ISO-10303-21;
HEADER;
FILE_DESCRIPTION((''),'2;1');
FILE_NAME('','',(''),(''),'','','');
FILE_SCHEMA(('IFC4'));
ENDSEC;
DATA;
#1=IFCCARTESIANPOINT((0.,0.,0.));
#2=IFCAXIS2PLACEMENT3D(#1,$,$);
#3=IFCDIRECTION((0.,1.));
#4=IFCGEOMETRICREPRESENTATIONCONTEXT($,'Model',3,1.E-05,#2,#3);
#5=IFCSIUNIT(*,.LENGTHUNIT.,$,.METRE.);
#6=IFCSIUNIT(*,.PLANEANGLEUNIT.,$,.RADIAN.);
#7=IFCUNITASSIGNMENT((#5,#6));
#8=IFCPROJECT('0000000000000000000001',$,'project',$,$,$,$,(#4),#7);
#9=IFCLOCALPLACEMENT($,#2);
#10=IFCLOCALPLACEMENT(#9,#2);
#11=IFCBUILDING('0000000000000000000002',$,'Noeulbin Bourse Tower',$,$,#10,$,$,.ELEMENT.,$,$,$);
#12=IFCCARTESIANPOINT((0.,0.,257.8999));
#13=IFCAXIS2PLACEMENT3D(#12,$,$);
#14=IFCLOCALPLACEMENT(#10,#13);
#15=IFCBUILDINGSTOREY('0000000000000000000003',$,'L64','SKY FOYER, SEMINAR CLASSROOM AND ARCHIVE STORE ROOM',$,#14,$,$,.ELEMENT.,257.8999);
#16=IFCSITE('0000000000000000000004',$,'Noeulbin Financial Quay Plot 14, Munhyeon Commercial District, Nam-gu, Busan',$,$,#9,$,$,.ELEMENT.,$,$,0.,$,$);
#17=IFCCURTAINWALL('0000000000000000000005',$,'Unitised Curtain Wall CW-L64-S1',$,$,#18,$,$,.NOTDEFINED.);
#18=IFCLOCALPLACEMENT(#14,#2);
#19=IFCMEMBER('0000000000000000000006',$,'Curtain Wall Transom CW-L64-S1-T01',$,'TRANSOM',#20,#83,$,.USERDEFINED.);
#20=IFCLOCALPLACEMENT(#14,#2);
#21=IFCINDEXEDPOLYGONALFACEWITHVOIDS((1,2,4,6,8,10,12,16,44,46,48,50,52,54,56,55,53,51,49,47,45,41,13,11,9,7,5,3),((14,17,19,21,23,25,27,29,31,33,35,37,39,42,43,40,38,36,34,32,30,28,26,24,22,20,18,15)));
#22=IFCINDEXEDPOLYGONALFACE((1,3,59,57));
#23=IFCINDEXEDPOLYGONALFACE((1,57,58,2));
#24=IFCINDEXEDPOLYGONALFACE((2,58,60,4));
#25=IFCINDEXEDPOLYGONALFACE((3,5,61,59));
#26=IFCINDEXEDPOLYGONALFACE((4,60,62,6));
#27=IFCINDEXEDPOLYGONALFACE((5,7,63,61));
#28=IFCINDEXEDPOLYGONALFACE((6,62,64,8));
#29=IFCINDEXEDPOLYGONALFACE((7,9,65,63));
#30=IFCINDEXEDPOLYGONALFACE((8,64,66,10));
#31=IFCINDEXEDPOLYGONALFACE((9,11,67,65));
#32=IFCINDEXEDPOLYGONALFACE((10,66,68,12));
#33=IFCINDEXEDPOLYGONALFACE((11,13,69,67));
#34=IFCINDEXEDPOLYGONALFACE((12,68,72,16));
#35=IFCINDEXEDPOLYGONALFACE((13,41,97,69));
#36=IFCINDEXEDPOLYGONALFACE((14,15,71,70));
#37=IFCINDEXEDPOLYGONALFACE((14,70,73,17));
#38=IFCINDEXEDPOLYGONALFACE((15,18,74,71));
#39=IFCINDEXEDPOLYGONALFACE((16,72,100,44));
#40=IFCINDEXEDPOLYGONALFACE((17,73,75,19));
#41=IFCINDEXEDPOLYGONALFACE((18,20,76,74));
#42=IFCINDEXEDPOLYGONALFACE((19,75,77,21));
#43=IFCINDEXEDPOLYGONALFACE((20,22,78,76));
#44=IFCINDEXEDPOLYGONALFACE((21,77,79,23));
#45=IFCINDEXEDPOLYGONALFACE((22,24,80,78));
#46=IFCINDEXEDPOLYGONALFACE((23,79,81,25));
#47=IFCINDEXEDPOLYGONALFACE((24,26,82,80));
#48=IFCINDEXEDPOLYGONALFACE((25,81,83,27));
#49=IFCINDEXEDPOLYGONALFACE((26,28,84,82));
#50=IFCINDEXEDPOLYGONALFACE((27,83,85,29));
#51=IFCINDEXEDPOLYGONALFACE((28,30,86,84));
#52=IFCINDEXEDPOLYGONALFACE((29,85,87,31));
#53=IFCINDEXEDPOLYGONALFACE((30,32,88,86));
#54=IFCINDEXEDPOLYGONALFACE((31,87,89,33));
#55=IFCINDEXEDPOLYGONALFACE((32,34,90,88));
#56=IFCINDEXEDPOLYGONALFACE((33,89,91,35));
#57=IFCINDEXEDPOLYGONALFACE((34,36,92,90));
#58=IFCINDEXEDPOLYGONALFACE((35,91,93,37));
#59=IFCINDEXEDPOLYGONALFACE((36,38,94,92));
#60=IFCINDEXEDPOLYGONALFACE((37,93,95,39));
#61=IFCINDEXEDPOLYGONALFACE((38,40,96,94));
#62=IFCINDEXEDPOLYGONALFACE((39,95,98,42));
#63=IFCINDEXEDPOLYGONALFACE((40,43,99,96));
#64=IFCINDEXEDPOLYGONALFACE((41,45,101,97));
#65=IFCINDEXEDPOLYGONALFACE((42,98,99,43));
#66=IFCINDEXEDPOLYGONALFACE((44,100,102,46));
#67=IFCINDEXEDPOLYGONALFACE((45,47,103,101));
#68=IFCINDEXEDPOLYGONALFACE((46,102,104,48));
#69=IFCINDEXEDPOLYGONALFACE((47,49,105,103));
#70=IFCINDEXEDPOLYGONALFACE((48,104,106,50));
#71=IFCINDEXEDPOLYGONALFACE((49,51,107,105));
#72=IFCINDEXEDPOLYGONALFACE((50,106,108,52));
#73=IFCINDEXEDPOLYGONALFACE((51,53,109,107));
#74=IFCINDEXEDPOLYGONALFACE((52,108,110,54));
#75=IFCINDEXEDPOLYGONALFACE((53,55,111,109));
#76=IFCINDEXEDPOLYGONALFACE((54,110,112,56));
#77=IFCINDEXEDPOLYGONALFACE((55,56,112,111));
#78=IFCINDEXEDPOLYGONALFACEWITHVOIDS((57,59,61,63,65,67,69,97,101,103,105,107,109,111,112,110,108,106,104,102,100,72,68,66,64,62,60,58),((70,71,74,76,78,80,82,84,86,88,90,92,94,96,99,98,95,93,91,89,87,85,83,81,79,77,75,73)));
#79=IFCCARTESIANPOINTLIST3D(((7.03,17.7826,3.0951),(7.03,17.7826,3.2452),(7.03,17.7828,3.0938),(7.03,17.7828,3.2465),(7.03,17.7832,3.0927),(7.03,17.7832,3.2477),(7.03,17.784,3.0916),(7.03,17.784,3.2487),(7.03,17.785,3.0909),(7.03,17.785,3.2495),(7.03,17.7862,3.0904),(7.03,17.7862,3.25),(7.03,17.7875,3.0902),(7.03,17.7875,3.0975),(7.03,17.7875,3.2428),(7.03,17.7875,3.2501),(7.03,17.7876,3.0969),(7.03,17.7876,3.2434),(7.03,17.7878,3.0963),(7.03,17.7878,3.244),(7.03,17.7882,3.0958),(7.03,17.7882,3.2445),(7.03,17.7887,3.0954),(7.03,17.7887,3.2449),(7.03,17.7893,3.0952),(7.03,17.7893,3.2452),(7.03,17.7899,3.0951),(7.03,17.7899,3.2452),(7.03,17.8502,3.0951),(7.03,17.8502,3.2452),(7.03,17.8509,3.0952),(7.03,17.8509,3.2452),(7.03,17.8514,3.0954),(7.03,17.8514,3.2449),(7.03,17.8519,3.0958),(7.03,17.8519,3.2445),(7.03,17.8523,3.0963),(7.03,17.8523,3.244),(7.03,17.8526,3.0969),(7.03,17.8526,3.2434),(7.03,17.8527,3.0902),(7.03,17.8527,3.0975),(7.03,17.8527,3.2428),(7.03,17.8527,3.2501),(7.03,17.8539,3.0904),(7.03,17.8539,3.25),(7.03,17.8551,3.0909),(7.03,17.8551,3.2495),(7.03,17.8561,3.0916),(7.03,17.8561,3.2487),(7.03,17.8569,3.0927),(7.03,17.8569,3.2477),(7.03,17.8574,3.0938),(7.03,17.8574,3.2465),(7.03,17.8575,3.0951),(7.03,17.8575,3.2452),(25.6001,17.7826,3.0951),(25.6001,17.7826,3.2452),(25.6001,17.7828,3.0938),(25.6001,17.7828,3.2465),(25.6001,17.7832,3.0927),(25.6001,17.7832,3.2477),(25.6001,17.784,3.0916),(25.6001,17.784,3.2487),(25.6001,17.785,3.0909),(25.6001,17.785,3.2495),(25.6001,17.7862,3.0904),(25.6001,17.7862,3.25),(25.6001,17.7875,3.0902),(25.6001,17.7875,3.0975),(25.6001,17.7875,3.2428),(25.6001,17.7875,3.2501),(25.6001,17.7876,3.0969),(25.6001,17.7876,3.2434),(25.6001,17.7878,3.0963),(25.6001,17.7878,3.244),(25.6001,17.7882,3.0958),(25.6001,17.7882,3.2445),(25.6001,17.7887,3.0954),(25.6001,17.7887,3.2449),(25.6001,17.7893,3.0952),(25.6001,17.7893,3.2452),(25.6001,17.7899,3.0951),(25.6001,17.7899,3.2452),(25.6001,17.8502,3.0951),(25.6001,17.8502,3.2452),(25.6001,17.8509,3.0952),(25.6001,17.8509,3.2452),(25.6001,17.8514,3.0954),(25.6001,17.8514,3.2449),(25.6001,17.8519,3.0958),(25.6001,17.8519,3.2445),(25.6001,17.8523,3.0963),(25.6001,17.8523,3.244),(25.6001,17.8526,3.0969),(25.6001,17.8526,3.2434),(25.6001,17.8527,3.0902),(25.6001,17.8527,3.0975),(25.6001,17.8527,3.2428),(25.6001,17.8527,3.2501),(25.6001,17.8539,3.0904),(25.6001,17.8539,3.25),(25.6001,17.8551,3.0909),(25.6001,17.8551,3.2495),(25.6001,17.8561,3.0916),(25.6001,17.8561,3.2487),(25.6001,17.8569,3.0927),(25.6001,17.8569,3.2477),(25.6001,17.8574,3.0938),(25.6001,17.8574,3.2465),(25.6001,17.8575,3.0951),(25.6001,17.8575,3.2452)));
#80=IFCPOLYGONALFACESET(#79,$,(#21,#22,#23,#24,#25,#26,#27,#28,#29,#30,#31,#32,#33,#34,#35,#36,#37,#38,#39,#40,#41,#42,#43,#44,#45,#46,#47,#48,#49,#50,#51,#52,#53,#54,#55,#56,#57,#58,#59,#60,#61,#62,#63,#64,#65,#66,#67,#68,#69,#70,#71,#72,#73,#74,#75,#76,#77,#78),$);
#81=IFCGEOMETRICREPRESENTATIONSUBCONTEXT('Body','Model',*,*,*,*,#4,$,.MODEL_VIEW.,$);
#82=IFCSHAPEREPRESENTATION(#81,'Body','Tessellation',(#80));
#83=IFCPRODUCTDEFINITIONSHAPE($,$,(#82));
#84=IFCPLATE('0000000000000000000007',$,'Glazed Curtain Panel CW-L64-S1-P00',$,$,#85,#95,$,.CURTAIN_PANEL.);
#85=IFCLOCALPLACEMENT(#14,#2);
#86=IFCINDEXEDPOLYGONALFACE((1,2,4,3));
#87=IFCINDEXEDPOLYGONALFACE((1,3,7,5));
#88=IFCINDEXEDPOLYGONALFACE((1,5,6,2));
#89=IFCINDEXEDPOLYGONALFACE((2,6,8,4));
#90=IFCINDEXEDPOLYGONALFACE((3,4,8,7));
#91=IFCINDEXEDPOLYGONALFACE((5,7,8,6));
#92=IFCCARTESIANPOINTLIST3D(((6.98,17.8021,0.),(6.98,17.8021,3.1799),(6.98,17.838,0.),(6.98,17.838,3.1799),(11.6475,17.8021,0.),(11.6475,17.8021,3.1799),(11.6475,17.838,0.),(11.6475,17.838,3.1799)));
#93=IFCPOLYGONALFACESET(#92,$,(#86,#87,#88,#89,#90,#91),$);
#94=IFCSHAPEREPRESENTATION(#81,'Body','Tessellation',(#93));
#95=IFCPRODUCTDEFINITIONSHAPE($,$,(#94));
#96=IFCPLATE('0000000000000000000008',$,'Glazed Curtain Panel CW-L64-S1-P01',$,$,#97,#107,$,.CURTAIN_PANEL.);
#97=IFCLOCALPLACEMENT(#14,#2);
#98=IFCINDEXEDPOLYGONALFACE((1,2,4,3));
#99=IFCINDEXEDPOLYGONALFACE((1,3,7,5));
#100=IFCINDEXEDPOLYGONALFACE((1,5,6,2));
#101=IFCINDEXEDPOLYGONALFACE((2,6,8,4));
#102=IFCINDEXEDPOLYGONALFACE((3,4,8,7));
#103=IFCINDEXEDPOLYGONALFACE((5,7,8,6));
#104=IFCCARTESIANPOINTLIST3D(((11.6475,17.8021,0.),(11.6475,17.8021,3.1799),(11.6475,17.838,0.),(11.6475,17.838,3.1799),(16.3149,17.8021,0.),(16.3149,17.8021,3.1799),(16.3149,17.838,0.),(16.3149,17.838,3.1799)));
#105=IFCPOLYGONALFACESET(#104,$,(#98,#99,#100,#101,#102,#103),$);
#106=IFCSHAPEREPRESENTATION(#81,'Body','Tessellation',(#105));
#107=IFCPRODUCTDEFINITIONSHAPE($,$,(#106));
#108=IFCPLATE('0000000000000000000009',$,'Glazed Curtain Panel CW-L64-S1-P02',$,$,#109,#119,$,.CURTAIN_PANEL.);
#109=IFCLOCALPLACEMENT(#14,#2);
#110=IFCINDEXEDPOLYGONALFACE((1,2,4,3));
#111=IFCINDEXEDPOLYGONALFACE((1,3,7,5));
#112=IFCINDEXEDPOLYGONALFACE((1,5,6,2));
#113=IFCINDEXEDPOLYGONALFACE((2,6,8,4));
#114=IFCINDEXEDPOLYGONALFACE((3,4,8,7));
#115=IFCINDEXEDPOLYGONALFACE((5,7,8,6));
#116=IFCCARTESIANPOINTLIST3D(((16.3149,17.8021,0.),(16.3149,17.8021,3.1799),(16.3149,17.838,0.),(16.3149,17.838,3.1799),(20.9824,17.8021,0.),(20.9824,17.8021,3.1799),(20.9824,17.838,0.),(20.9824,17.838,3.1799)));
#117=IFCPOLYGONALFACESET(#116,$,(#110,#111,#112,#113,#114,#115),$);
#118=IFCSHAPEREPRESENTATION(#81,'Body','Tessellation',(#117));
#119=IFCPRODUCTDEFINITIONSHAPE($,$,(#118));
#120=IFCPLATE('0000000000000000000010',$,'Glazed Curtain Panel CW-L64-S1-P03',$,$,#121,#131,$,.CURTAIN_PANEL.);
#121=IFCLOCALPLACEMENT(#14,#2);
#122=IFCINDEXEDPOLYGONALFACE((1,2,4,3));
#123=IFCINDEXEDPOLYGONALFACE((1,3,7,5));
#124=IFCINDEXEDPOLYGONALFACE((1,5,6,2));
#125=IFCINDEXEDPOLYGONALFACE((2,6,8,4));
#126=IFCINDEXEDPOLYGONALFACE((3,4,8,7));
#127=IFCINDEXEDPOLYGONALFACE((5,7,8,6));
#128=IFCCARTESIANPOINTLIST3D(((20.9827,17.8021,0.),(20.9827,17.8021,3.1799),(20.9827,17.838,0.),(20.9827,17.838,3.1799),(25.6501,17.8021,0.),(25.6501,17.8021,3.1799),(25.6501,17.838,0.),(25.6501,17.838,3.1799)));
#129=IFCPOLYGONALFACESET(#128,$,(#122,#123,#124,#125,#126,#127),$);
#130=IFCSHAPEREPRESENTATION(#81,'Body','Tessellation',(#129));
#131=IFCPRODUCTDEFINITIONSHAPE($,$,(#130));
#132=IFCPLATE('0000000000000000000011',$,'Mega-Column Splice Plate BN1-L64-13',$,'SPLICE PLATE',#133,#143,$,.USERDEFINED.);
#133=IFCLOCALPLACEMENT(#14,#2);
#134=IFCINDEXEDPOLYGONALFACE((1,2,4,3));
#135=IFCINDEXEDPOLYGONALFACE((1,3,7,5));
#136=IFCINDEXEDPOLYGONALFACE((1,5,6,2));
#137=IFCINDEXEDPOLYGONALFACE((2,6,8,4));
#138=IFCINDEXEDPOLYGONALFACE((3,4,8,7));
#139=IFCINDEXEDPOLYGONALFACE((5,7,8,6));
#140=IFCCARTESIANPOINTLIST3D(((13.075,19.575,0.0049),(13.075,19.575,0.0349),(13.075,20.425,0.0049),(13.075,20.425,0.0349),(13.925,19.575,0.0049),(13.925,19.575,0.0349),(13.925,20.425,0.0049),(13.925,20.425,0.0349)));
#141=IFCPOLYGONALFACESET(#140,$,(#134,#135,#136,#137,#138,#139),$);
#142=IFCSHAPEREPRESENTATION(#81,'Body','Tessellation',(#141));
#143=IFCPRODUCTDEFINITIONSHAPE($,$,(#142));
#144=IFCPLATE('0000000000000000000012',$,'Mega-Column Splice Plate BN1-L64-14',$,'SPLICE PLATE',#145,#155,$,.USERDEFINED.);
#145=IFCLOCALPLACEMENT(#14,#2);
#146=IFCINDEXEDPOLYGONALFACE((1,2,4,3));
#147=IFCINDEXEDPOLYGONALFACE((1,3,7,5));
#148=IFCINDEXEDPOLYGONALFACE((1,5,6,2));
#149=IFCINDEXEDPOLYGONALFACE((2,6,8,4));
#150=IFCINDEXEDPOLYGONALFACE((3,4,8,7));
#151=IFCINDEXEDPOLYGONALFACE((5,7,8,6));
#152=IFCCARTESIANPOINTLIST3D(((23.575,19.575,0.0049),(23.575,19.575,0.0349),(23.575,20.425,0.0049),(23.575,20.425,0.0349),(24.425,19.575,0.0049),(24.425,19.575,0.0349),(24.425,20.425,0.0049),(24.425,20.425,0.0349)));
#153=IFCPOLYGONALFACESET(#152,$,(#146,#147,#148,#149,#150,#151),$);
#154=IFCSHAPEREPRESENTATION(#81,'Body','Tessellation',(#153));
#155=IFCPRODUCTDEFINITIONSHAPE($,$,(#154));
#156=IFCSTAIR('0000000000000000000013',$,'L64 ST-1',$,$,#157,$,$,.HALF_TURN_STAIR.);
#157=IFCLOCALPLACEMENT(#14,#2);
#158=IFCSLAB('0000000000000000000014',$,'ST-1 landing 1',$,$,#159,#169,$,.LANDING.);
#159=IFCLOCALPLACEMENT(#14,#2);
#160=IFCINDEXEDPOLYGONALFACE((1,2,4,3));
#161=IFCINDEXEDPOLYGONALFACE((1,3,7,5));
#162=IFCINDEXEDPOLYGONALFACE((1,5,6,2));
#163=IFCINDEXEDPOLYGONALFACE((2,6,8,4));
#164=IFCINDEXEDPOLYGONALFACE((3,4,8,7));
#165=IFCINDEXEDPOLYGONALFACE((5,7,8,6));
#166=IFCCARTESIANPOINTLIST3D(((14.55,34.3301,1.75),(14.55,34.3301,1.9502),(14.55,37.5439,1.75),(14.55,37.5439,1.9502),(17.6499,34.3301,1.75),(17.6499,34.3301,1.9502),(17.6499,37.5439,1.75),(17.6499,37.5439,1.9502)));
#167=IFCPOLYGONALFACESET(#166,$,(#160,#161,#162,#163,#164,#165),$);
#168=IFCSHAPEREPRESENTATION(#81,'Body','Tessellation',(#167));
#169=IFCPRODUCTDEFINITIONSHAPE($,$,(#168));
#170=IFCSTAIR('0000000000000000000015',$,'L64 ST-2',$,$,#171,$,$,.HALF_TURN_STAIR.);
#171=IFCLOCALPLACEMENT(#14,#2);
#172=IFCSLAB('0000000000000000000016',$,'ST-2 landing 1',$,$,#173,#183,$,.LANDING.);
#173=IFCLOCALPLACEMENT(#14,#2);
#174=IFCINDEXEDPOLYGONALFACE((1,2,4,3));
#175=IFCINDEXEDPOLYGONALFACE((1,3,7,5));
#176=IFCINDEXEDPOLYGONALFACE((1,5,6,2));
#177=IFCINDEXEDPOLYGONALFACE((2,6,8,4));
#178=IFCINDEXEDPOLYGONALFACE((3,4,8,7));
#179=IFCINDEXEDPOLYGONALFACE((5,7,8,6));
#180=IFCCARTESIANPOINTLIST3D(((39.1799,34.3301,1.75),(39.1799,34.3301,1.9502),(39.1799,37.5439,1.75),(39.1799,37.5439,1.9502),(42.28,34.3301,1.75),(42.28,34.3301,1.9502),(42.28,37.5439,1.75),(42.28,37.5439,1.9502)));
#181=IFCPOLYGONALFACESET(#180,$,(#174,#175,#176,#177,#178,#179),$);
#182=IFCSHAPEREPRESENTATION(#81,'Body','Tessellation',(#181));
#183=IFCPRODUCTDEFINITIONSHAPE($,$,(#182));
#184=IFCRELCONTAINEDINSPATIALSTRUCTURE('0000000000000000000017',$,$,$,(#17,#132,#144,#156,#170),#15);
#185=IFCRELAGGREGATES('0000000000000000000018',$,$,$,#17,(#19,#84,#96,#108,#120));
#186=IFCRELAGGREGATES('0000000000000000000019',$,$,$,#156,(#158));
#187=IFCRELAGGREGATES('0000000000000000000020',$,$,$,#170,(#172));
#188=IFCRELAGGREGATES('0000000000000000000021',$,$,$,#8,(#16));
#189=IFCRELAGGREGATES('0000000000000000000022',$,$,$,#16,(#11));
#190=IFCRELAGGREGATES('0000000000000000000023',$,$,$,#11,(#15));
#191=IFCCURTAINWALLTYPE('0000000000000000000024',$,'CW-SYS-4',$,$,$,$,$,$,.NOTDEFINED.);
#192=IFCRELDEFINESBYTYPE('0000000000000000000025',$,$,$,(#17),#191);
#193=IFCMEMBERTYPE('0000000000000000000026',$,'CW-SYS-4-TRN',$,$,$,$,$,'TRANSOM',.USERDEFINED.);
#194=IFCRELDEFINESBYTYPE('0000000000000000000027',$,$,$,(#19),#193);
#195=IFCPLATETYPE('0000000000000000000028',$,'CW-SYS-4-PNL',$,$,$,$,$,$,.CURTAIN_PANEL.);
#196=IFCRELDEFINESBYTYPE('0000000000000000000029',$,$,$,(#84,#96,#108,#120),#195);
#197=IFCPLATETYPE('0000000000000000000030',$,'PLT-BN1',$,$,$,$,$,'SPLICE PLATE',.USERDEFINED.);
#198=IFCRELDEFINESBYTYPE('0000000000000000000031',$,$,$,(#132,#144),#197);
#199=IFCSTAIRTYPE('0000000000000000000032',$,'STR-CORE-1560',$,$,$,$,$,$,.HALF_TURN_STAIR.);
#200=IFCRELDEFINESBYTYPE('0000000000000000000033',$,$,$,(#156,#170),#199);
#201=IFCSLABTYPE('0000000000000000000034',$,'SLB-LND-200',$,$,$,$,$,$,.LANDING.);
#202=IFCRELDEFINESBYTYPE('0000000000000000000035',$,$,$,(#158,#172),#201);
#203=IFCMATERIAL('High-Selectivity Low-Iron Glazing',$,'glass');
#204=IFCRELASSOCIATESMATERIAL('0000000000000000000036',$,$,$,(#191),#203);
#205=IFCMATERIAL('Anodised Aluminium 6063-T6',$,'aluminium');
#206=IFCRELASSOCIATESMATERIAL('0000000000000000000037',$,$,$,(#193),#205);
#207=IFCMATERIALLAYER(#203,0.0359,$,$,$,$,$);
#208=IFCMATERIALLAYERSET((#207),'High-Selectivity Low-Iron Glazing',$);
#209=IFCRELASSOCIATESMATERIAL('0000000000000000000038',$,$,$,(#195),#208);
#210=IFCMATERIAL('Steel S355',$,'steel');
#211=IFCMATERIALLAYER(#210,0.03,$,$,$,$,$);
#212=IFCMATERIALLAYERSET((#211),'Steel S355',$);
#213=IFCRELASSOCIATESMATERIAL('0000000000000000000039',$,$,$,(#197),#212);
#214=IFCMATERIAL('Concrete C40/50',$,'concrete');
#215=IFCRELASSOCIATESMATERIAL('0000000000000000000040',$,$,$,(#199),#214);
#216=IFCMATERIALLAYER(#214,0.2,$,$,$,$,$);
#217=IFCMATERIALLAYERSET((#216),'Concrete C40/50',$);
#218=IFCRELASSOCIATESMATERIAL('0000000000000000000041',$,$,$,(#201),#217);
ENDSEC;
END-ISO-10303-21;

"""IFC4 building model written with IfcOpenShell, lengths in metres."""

from ifc_helpers import new_model, si_unit, direction, frame, origin, origin_2d, place, context, subcontext, project, spatial, polyline, rectangle, hollow_rectangle, outline, extrude, material, layer, layer_set, material_profile, profile_set, type_object, element, aggregate, save


model = new_model("IFC4")

# Units and contexts
model_context = context("Model", 3, precision=1e-05, world=origin(), true_north=direction((0.0, 1.0)))
body_context = subcontext(model_context, "Body", "Model", "MODEL_VIEW")
ifc_project = project(units=[si_unit("LENGTHUNIT", "METRE"), si_unit("PLANEANGLEUNIT", "RADIAN")], contexts=[model_context])

# Site, building, storey
site_placement = place(None, origin())
site = spatial("IfcSite", under=ifc_project, at=site_placement, Name="Noeulbin Financial Quay Plot 14, Munhyeon Commercial District, Nam-gu, Busan", CompositionType="ELEMENT", RefElevation=0.0)
building_placement = place(site_placement, origin())
building = spatial("IfcBuilding", under=site, at=building_placement, Name="Noeulbin Bourse Tower", CompositionType="ELEMENT")
storey_placement = place(building_placement, frame((0.0, 0.0, 257.8999)))
storey = spatial("IfcBuildingStorey", under=building, at=storey_placement, Name="L64", Description="SKY FOYER, SEMINAR CLASSROOM AND ARCHIVE STORE ROOM", CompositionType="ELEMENT", Elevation=257.8999)

# Shared definitions
ifc_material_1 = material(Name="Steel S355", Category="steel")

# Curtain wall, member, plates
ifc_material_2 = material(Name="High-Selectivity Low-Iron Glazing", Category="glass")
curtain_wall_type = type_object("IfcCurtainWallType", Name="CW-SYS-4", PredefinedType="NOTDEFINED", material=ifc_material_2)
curtain_wall_placement = place(storey_placement, origin())
curtain_wall = element("IfcCurtainWall", 1, at=curtain_wall_placement, inside=storey, type_object=curtain_wall_type, Name="Unitised Curtain Wall CW-L64-S1", PredefinedType="NOTDEFINED")
ifc_material_3 = material(Name="Anodised Aluminium 6063-T6", Category="aluminium")
ifc_material_profile_1 = material_profile(ifc_material_3, hollow_rectangle(XDim=0.075, YDim=0.1599, WallThickness=0.0049, InnerFilletRadius=0.0024, OuterFilletRadius=0.0049, at=origin_2d()), Name="ALU-TRAN-75x160x5", Category="LoadBearing")
ifc_profile_set_1 = profile_set([ifc_material_profile_1], Name="Anodised Aluminium 6063-T6")
member_type_1 = type_object("IfcMemberType", Name="CW-SYS-4-TRN", ElementType="TRANSOM", PredefinedType="USERDEFINED", material=ifc_profile_set_1)
member_1_placement = place(storey_placement, frame((7.03, 17.8201, 3.1702), z_axis=(1.0, 0.0, 0.0), x_axis=(0.0, 1.0, 0.0)))
member_1 = element("IfcMember", 2, at=member_1_placement, type_object=member_type_1, Name="Curtain Wall Transom CW-L64-S1-T01", ObjectType="TRANSOM", PredefinedType="USERDEFINED", context=body_context, shape_type="SweptSolid", body=[
    extrude(hollow_rectangle(XDim=0.075, YDim=0.1599, WallThickness=0.0049, InnerFilletRadius=0.0024, OuterFilletRadius=0.0049, at=origin_2d()), origin(), (0.0, 0.0, 1.0), 18.5701),
])
ifc_layer_1 = layer(ifc_material_2, 0.0359)
ifc_layer_set_1 = layer_set([ifc_layer_1], Name="High-Selectivity Low-Iron Glazing")
plate_type_1 = type_object("IfcPlateType", Name="CW-SYS-4-PNL", PredefinedType="CURTAIN_PANEL", material=ifc_layer_set_1)
plate_1_placement = place(storey_placement, frame((9.3137, 17.8201, 0.0), z_axis=(0.0, 0.0, 1.0), x_axis=(1.0, 0.0, 0.0)))
plate_1 = element("IfcPlate", 3, at=plate_1_placement, type_object=plate_type_1, Name="Glazed Curtain Panel CW-L64-S1-P00", PredefinedType="CURTAIN_PANEL", context=body_context, shape_type="SweptSolid", body=[
    extrude(rectangle(XDim=4.6675, YDim=0.0359, at=origin_2d()), origin(), (0.0, 0.0, 1.0), 3.1799),
])
plate_2_placement = place(storey_placement, frame((13.9812, 17.8201, 0.0), z_axis=(0.0, 0.0, 1.0), x_axis=(1.0, 0.0, 0.0)))
plate_2 = element("IfcPlate", 4, at=plate_2_placement, type_object=plate_type_1, Name="Glazed Curtain Panel CW-L64-S1-P01", PredefinedType="CURTAIN_PANEL", context=body_context, shape_type="SweptSolid", body=[
    extrude(rectangle(XDim=4.6675, YDim=0.0359, at=origin_2d()), origin(), (0.0, 0.0, 1.0), 3.1799),
])
plate_3_placement = place(storey_placement, frame((18.6487, 17.8201, 0.0), z_axis=(0.0, 0.0, 1.0), x_axis=(1.0, 0.0, 0.0)))
plate_3 = element("IfcPlate", 5, at=plate_3_placement, type_object=plate_type_1, Name="Glazed Curtain Panel CW-L64-S1-P02", PredefinedType="CURTAIN_PANEL", context=body_context, shape_type="SweptSolid", body=[
    extrude(rectangle(XDim=4.6675, YDim=0.0359, at=origin_2d()), origin(), (0.0, 0.0, 1.0), 3.1799),
])
plate_4_placement = place(storey_placement, frame((23.3164, 17.8201, 0.0), z_axis=(0.0, 0.0, 1.0), x_axis=(1.0, 0.0, 0.0)))
plate_4 = element("IfcPlate", 6, at=plate_4_placement, type_object=plate_type_1, Name="Glazed Curtain Panel CW-L64-S1-P03", PredefinedType="CURTAIN_PANEL", context=body_context, shape_type="SweptSolid", body=[
    extrude(rectangle(XDim=4.6675, YDim=0.0359, at=origin_2d()), origin(), (0.0, 0.0, 1.0), 3.1799),
])
aggregate(curtain_wall, [member_1, plate_1, plate_2, plate_3, plate_4])

# Plates
ifc_layer_2 = layer(ifc_material_1, 0.03)
ifc_layer_set_2 = layer_set([ifc_layer_2], Name="Steel S355")
plate_type_2 = type_object("IfcPlateType", Name="PLT-BN1", ElementType="SPLICE PLATE", PredefinedType="USERDEFINED", material=ifc_layer_set_2)
for number, where, z_axis, x_axis, name in (
    (7, (13.5, 20.0, 0.0049), (0.0, 0.0, 1.0), (1.0, 0.0, 0.0), "Mega-Column Splice Plate BN1-L64-13"),
    (8, (24.0, 20.0, 0.0049), (0.0, 0.0, 1.0), (1.0, 0.0, 0.0), "Mega-Column Splice Plate BN1-L64-14"),
):
    element("IfcPlate", number, at=place(storey_placement, frame(where, z_axis=z_axis, x_axis=x_axis)), inside=storey, type_object=plate_type_2, Name=name, ObjectType="SPLICE PLATE", PredefinedType="USERDEFINED", context=body_context, shape_type="SweptSolid", body=[
        extrude(rectangle(XDim=0.8501, YDim=0.8501, at=origin_2d()), origin(), (0.0, 0.0, 1.0), 0.03),
    ])

# Stairs, slabs
ifc_material_4 = material(Name="Concrete C40/50", Category="concrete")
stair_type = type_object("IfcStairType", Name="STR-CORE-1560", PredefinedType="HALF_TURN_STAIR", material=ifc_material_4)
stair_1_placement = place(storey_placement, origin())
stair_1 = element("IfcStair", 9, at=stair_1_placement, inside=storey, type_object=stair_type, Name="L64 ST-1", PredefinedType="HALF_TURN_STAIR")
ifc_layer_3 = layer(ifc_material_4, 0.2)
ifc_layer_set_3 = layer_set([ifc_layer_3], Name="Concrete C40/50")
slab_type_1 = type_object("IfcSlabType", Name="SLB-LND-200", PredefinedType="LANDING", material=ifc_layer_set_3)
slab_1_placement = place(storey_placement, frame((0.0, 0.0, 1.75)))
slab_1 = element("IfcSlab", 10, at=slab_1_placement, type_object=slab_type_1, Name="ST-1 landing 1", PredefinedType="LANDING", context=body_context, shape_type="SweptSolid", body=[
    extrude(outline(polyline([(17.6499, 34.3301), (17.6499, 37.5439), (14.55, 37.5439), (14.55, 34.3301), (17.6499, 34.3301)])), origin(), (0.0, 0.0, 1.0), 0.2002),
])
aggregate(stair_1, [slab_1])
stair_2_placement = place(storey_placement, origin())
stair_2 = element("IfcStair", 11, at=stair_2_placement, inside=storey, type_object=stair_type, Name="L64 ST-2", PredefinedType="HALF_TURN_STAIR")
slab_2_placement = place(storey_placement, frame((0.0, 0.0, 1.75)))
slab_2 = element("IfcSlab", 12, at=slab_2_placement, type_object=slab_type_1, Name="ST-2 landing 1", PredefinedType="LANDING", context=body_context, shape_type="SweptSolid", body=[
    extrude(outline(polyline([(42.28, 34.3301), (42.28, 37.5439), (39.1799, 37.5439), (39.1799, 34.3301), (42.28, 34.3301)])), origin(), (0.0, 0.0, 1.0), 0.2002),
])
aggregate(stair_2, [slab_2])

save(model, "model.ifc")
